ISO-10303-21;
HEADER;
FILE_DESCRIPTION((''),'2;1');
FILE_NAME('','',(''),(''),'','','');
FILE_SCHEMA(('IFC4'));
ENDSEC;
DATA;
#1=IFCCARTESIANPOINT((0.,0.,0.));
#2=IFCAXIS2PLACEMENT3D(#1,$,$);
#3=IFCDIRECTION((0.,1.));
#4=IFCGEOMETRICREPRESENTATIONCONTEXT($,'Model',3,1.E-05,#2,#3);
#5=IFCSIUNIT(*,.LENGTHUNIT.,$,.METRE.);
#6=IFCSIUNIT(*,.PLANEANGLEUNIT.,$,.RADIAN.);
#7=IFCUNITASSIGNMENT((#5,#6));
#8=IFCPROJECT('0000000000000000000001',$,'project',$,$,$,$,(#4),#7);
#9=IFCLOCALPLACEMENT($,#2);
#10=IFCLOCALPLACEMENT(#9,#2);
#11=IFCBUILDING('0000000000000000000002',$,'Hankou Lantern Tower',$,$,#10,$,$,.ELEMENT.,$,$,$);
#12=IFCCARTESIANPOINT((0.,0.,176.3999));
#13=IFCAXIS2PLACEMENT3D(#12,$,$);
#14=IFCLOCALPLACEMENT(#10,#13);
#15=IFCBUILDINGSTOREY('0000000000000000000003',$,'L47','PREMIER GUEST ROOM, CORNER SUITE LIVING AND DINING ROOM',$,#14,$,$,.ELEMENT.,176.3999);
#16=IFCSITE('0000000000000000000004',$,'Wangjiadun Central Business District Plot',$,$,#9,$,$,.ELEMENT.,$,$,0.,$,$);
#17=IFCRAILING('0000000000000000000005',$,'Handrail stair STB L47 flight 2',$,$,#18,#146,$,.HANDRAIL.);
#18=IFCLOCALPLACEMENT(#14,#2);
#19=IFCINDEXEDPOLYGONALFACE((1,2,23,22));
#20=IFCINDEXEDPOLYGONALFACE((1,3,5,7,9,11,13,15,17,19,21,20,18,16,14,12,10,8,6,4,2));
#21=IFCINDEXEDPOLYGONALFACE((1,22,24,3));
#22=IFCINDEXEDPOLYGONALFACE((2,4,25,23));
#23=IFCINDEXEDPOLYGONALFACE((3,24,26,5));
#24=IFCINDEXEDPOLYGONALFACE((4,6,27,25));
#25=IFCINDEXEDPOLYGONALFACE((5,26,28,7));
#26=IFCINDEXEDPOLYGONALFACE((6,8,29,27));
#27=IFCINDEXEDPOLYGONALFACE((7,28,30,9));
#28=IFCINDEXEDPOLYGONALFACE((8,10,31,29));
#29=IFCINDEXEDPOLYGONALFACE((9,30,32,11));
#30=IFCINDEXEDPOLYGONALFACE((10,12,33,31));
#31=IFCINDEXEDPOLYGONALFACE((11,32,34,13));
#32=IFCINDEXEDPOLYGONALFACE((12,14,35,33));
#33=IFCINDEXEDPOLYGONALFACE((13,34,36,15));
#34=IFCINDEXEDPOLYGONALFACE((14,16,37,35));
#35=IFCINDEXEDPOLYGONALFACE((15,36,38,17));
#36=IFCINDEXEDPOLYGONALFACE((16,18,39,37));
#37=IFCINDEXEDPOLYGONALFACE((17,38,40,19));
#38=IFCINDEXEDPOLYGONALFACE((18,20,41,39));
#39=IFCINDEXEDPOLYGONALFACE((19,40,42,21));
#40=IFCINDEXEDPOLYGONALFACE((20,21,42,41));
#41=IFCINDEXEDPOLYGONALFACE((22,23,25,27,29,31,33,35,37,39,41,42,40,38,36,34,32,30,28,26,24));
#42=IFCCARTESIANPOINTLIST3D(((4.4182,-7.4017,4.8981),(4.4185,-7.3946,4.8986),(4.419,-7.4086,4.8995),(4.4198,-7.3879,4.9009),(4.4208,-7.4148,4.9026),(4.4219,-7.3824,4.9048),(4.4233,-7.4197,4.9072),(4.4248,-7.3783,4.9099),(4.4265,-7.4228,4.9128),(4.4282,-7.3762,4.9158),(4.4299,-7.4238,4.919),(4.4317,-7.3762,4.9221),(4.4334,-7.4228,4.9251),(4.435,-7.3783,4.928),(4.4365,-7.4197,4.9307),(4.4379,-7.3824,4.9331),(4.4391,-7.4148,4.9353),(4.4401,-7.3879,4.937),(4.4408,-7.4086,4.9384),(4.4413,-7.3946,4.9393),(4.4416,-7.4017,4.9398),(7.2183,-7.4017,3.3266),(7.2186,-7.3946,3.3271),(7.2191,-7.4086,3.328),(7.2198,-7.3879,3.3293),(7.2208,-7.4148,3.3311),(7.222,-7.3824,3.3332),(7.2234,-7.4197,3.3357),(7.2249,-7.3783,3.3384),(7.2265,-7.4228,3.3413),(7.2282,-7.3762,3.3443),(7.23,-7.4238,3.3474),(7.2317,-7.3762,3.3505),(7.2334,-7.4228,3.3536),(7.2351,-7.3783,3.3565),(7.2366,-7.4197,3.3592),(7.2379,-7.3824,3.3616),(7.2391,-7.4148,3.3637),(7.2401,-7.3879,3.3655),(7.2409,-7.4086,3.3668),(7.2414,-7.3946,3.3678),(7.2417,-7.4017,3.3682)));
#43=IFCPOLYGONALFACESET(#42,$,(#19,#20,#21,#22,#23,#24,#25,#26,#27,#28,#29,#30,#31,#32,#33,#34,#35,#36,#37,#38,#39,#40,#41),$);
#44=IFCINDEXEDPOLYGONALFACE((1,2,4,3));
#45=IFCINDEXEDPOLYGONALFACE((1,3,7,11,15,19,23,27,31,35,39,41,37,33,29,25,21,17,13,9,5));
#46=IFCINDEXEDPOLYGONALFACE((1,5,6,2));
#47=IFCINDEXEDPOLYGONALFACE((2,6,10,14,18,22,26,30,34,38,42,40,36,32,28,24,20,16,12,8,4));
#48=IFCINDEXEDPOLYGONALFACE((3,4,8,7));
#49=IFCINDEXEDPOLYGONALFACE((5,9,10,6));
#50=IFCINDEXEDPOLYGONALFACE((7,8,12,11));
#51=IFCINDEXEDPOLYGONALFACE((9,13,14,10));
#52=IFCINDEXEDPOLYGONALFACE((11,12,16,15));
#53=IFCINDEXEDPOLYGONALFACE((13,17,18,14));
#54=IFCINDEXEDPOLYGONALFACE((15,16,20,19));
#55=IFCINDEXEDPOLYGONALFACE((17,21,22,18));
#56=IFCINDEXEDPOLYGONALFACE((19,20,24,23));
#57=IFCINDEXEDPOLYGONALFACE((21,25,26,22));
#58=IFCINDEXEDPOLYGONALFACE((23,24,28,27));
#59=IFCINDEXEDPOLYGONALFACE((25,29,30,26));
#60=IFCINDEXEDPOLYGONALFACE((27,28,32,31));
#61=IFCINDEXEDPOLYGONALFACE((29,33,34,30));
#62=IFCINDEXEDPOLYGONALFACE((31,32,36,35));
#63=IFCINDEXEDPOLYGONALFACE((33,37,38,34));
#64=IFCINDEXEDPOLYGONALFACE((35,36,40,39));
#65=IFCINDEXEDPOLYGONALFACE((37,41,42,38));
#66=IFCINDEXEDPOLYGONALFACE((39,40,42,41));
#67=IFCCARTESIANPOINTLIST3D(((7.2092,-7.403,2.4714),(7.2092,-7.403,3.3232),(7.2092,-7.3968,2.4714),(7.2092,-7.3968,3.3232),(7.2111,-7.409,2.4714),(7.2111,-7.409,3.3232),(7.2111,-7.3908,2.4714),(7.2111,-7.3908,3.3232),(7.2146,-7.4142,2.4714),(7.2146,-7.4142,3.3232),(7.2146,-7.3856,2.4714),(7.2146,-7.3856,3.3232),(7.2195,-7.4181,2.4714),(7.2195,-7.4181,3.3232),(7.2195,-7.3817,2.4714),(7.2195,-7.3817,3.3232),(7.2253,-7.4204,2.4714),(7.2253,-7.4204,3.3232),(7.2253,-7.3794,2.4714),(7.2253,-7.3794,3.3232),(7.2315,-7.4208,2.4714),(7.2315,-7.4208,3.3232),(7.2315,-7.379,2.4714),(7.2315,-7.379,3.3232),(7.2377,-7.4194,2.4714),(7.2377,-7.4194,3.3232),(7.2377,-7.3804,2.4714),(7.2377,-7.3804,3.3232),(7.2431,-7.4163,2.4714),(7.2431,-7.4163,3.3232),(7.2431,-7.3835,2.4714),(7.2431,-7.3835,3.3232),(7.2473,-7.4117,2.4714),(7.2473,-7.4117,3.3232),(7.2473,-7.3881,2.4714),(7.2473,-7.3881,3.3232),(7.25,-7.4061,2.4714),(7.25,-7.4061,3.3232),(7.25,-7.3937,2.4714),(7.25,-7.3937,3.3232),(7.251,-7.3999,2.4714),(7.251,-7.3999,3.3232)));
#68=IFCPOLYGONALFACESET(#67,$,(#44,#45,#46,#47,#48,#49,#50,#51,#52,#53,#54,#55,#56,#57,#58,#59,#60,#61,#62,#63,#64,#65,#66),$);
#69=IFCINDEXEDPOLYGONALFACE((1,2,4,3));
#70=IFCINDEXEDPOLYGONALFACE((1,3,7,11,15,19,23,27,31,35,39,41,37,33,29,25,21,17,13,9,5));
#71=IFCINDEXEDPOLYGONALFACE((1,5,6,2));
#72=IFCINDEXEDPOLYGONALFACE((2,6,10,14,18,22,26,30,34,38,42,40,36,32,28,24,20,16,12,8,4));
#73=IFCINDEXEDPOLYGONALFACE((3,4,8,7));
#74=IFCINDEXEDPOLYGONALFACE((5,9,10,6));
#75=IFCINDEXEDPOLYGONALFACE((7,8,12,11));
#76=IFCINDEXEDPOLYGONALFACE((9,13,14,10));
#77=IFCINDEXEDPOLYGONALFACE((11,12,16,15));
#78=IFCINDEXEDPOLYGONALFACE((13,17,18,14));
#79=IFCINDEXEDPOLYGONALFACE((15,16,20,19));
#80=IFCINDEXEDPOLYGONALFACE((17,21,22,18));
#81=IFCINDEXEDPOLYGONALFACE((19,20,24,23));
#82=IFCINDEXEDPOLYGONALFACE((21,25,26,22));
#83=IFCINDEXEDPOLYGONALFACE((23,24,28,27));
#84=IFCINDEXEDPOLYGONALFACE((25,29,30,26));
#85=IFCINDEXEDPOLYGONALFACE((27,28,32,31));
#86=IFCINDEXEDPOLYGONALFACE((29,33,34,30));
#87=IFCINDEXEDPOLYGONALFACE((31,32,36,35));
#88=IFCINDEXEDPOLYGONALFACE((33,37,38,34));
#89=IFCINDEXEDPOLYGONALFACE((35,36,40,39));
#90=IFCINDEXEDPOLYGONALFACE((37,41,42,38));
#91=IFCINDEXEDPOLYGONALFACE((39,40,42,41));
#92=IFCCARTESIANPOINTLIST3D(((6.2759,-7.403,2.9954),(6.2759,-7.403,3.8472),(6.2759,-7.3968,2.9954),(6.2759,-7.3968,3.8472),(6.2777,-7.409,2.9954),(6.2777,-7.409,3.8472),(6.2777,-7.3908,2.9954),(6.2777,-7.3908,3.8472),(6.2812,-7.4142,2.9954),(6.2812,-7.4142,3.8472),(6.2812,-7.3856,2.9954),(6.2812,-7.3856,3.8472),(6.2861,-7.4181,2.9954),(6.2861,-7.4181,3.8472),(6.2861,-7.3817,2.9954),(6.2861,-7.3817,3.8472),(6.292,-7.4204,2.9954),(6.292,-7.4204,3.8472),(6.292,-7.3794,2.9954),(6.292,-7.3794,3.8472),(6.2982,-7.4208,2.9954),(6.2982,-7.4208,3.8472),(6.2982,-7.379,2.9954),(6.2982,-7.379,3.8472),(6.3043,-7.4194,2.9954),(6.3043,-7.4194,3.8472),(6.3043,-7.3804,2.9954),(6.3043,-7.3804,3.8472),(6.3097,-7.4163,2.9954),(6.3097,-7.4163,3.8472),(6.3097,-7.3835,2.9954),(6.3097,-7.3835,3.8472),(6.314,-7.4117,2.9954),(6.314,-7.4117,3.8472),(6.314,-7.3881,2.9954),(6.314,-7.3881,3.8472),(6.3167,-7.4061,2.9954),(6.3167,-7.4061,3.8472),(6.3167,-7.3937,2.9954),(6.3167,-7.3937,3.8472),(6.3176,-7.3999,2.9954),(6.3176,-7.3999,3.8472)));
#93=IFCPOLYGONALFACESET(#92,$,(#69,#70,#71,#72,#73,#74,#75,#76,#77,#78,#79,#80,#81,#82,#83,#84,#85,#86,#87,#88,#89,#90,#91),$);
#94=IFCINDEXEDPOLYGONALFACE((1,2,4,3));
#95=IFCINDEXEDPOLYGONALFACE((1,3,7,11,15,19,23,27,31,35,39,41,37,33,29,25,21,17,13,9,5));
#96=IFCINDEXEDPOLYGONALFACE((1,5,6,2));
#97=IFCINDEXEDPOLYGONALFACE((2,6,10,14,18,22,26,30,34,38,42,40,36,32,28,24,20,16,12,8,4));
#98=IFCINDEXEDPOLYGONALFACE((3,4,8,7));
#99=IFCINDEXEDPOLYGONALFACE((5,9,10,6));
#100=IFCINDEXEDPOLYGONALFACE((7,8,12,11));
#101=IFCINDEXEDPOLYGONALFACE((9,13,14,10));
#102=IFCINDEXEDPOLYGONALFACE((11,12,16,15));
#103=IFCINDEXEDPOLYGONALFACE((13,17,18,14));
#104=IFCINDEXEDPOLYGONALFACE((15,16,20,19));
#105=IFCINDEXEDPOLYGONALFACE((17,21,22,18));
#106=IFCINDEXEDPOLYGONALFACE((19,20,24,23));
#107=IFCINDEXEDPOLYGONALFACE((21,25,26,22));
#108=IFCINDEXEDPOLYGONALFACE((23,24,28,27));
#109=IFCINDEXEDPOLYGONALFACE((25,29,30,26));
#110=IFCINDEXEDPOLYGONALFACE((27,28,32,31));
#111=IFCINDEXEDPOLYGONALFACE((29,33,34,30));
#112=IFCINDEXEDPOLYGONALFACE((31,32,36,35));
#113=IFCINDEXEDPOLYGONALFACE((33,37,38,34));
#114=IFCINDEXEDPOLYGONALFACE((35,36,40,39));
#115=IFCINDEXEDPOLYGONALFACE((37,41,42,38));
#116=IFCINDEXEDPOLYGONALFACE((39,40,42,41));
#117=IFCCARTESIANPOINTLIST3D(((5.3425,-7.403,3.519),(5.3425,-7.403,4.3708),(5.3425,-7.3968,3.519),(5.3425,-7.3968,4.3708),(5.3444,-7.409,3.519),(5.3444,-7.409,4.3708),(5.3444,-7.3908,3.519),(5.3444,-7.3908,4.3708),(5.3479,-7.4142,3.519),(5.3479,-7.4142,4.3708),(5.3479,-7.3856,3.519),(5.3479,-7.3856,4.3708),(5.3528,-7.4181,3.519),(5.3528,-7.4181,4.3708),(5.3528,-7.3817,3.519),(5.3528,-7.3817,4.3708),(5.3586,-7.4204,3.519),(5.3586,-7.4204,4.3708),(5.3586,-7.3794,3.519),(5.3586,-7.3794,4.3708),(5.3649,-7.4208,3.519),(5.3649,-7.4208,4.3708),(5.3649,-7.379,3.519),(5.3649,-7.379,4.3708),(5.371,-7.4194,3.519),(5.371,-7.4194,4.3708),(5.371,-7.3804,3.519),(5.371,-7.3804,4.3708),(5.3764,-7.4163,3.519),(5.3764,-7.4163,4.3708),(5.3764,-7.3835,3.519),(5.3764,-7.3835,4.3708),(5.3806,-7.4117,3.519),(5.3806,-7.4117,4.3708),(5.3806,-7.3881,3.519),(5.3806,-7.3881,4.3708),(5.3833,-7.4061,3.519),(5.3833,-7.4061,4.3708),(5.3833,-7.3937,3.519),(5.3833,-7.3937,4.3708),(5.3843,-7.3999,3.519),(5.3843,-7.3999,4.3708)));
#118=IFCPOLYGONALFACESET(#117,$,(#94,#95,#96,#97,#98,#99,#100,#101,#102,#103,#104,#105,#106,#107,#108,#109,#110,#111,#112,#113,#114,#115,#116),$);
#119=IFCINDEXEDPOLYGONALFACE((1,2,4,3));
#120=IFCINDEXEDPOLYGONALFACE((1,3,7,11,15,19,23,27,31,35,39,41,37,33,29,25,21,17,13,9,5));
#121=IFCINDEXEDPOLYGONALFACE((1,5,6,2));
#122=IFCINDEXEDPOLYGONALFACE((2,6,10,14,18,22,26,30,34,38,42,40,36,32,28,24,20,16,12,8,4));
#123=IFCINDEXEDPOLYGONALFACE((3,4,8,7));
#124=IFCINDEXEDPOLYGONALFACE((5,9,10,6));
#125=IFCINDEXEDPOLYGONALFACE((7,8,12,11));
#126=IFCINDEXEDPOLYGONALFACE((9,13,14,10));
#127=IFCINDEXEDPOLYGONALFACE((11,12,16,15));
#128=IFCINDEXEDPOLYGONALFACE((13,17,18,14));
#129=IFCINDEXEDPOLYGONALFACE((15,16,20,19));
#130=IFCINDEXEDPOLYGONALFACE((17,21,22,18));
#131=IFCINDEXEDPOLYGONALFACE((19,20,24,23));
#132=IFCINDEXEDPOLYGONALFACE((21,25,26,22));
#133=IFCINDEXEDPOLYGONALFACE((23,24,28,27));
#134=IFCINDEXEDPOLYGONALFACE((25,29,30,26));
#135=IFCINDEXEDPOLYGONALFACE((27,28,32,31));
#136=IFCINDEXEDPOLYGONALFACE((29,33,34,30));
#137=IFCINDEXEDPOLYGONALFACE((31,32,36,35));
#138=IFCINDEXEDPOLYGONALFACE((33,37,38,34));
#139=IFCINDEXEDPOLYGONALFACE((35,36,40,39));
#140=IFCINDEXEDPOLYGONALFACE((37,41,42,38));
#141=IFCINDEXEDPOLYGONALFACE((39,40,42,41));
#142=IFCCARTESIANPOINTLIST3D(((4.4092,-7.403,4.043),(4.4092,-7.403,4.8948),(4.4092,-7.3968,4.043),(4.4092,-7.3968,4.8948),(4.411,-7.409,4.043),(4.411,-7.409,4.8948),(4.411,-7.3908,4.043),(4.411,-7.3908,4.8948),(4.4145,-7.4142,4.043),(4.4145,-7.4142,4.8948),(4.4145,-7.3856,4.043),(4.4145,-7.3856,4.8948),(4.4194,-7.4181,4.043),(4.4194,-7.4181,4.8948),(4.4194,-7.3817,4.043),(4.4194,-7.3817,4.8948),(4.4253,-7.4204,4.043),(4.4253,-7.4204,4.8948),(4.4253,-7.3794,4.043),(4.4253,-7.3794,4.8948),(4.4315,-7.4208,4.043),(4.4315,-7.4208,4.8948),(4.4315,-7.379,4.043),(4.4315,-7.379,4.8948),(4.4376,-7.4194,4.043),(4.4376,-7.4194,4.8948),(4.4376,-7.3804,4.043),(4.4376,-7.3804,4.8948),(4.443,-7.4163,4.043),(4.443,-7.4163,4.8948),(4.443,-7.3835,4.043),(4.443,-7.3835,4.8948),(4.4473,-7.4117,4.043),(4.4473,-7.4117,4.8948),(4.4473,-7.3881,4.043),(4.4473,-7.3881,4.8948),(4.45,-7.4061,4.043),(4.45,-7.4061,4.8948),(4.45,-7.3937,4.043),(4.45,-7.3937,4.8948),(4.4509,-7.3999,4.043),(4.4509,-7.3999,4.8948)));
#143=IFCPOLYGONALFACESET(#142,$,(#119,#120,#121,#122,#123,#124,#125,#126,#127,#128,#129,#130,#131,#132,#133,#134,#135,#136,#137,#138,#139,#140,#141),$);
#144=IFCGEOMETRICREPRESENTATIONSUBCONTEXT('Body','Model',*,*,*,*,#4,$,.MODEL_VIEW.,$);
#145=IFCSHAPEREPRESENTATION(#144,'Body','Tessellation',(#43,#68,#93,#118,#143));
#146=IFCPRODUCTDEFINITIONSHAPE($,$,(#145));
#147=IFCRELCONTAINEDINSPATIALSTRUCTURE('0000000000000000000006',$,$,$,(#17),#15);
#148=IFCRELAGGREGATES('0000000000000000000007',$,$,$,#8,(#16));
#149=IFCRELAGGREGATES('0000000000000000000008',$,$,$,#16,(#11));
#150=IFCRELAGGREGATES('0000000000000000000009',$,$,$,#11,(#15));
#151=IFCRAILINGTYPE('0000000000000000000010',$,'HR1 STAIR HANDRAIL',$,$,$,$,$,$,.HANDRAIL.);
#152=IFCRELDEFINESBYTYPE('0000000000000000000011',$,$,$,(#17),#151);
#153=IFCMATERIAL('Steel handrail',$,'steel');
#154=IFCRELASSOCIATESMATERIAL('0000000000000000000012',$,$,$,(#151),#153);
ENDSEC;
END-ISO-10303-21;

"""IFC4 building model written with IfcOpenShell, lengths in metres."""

from ifc_helpers import new_model, si_unit, direction, frame, origin, origin_2d, place, context, subcontext, project, spatial, circle, extrude, material, type_object, element, save


model = new_model("IFC4")

# Units and contexts
model_context = context("Model", 3, precision=1e-05, world=origin(), true_north=direction((0.0, 1.0)))
body_context = subcontext(model_context, "Body", "Model", "MODEL_VIEW")
ifc_project = project(units=[si_unit("LENGTHUNIT", "METRE"), si_unit("PLANEANGLEUNIT", "RADIAN")], contexts=[model_context])

# Site, building, storey
site_placement = place(None, origin())
site = spatial("IfcSite", under=ifc_project, at=site_placement, Name="Wangjiadun Central Business District Plot", CompositionType="ELEMENT", RefElevation=0.0)
building_placement = place(site_placement, origin())
building = spatial("IfcBuilding", under=site, at=building_placement, Name="Hankou Lantern Tower", CompositionType="ELEMENT")
storey_placement = place(building_placement, frame((0.0, 0.0, 176.3999)))
storey = spatial("IfcBuildingStorey", under=building, at=storey_placement, Name="L47", Description="PREMIER GUEST ROOM, CORNER SUITE LIVING AND DINING ROOM", CompositionType="ELEMENT", Elevation=176.3999)

# Railing
ifc_material_1 = material(Name="Steel handrail", Category="steel")
railing_type = type_object("IfcRailingType", Name="HR1 STAIR HANDRAIL", PredefinedType="HANDRAIL", material=ifc_material_1)
railing_1_placement = place(storey_placement, frame((7.23, -7.3999, 2.4714)))
element("IfcRailing", 1, at=railing_1_placement, inside=storey, type_object=railing_type, Name="Handrail stair STB L47 flight 2", PredefinedType="HANDRAIL", context=body_context, shape_type="SweptSolid", body=[
    extrude(circle(Radius=0.0239, at=origin_2d()), frame((0.0, 0.0, 0.876), z_axis=(-0.87204, 0.0, 0.489434), x_axis=(0.0, -1.0, 0.0)), (0.0, 0.0, 1.0), 3.2109),
    extrude(circle(Radius=0.021, at=origin_2d()), origin(), (0.0, 0.0, 1.0), 0.8518),
    extrude(circle(Radius=0.021, at=origin_2d()), frame((-0.9333, 0.0, 0.5239)), (0.0, 0.0, 1.0), 0.8518),
    extrude(circle(Radius=0.021, at=origin_2d()), frame((-1.8667, 0.0, 1.0476)), (0.0, 0.0, 1.0), 0.8518),
    extrude(circle(Radius=0.021, at=origin_2d()), frame((-2.8, 0.0, 1.5715)), (0.0, 0.0, 1.0), 0.8518),
])

save(model, "model.ifc")
